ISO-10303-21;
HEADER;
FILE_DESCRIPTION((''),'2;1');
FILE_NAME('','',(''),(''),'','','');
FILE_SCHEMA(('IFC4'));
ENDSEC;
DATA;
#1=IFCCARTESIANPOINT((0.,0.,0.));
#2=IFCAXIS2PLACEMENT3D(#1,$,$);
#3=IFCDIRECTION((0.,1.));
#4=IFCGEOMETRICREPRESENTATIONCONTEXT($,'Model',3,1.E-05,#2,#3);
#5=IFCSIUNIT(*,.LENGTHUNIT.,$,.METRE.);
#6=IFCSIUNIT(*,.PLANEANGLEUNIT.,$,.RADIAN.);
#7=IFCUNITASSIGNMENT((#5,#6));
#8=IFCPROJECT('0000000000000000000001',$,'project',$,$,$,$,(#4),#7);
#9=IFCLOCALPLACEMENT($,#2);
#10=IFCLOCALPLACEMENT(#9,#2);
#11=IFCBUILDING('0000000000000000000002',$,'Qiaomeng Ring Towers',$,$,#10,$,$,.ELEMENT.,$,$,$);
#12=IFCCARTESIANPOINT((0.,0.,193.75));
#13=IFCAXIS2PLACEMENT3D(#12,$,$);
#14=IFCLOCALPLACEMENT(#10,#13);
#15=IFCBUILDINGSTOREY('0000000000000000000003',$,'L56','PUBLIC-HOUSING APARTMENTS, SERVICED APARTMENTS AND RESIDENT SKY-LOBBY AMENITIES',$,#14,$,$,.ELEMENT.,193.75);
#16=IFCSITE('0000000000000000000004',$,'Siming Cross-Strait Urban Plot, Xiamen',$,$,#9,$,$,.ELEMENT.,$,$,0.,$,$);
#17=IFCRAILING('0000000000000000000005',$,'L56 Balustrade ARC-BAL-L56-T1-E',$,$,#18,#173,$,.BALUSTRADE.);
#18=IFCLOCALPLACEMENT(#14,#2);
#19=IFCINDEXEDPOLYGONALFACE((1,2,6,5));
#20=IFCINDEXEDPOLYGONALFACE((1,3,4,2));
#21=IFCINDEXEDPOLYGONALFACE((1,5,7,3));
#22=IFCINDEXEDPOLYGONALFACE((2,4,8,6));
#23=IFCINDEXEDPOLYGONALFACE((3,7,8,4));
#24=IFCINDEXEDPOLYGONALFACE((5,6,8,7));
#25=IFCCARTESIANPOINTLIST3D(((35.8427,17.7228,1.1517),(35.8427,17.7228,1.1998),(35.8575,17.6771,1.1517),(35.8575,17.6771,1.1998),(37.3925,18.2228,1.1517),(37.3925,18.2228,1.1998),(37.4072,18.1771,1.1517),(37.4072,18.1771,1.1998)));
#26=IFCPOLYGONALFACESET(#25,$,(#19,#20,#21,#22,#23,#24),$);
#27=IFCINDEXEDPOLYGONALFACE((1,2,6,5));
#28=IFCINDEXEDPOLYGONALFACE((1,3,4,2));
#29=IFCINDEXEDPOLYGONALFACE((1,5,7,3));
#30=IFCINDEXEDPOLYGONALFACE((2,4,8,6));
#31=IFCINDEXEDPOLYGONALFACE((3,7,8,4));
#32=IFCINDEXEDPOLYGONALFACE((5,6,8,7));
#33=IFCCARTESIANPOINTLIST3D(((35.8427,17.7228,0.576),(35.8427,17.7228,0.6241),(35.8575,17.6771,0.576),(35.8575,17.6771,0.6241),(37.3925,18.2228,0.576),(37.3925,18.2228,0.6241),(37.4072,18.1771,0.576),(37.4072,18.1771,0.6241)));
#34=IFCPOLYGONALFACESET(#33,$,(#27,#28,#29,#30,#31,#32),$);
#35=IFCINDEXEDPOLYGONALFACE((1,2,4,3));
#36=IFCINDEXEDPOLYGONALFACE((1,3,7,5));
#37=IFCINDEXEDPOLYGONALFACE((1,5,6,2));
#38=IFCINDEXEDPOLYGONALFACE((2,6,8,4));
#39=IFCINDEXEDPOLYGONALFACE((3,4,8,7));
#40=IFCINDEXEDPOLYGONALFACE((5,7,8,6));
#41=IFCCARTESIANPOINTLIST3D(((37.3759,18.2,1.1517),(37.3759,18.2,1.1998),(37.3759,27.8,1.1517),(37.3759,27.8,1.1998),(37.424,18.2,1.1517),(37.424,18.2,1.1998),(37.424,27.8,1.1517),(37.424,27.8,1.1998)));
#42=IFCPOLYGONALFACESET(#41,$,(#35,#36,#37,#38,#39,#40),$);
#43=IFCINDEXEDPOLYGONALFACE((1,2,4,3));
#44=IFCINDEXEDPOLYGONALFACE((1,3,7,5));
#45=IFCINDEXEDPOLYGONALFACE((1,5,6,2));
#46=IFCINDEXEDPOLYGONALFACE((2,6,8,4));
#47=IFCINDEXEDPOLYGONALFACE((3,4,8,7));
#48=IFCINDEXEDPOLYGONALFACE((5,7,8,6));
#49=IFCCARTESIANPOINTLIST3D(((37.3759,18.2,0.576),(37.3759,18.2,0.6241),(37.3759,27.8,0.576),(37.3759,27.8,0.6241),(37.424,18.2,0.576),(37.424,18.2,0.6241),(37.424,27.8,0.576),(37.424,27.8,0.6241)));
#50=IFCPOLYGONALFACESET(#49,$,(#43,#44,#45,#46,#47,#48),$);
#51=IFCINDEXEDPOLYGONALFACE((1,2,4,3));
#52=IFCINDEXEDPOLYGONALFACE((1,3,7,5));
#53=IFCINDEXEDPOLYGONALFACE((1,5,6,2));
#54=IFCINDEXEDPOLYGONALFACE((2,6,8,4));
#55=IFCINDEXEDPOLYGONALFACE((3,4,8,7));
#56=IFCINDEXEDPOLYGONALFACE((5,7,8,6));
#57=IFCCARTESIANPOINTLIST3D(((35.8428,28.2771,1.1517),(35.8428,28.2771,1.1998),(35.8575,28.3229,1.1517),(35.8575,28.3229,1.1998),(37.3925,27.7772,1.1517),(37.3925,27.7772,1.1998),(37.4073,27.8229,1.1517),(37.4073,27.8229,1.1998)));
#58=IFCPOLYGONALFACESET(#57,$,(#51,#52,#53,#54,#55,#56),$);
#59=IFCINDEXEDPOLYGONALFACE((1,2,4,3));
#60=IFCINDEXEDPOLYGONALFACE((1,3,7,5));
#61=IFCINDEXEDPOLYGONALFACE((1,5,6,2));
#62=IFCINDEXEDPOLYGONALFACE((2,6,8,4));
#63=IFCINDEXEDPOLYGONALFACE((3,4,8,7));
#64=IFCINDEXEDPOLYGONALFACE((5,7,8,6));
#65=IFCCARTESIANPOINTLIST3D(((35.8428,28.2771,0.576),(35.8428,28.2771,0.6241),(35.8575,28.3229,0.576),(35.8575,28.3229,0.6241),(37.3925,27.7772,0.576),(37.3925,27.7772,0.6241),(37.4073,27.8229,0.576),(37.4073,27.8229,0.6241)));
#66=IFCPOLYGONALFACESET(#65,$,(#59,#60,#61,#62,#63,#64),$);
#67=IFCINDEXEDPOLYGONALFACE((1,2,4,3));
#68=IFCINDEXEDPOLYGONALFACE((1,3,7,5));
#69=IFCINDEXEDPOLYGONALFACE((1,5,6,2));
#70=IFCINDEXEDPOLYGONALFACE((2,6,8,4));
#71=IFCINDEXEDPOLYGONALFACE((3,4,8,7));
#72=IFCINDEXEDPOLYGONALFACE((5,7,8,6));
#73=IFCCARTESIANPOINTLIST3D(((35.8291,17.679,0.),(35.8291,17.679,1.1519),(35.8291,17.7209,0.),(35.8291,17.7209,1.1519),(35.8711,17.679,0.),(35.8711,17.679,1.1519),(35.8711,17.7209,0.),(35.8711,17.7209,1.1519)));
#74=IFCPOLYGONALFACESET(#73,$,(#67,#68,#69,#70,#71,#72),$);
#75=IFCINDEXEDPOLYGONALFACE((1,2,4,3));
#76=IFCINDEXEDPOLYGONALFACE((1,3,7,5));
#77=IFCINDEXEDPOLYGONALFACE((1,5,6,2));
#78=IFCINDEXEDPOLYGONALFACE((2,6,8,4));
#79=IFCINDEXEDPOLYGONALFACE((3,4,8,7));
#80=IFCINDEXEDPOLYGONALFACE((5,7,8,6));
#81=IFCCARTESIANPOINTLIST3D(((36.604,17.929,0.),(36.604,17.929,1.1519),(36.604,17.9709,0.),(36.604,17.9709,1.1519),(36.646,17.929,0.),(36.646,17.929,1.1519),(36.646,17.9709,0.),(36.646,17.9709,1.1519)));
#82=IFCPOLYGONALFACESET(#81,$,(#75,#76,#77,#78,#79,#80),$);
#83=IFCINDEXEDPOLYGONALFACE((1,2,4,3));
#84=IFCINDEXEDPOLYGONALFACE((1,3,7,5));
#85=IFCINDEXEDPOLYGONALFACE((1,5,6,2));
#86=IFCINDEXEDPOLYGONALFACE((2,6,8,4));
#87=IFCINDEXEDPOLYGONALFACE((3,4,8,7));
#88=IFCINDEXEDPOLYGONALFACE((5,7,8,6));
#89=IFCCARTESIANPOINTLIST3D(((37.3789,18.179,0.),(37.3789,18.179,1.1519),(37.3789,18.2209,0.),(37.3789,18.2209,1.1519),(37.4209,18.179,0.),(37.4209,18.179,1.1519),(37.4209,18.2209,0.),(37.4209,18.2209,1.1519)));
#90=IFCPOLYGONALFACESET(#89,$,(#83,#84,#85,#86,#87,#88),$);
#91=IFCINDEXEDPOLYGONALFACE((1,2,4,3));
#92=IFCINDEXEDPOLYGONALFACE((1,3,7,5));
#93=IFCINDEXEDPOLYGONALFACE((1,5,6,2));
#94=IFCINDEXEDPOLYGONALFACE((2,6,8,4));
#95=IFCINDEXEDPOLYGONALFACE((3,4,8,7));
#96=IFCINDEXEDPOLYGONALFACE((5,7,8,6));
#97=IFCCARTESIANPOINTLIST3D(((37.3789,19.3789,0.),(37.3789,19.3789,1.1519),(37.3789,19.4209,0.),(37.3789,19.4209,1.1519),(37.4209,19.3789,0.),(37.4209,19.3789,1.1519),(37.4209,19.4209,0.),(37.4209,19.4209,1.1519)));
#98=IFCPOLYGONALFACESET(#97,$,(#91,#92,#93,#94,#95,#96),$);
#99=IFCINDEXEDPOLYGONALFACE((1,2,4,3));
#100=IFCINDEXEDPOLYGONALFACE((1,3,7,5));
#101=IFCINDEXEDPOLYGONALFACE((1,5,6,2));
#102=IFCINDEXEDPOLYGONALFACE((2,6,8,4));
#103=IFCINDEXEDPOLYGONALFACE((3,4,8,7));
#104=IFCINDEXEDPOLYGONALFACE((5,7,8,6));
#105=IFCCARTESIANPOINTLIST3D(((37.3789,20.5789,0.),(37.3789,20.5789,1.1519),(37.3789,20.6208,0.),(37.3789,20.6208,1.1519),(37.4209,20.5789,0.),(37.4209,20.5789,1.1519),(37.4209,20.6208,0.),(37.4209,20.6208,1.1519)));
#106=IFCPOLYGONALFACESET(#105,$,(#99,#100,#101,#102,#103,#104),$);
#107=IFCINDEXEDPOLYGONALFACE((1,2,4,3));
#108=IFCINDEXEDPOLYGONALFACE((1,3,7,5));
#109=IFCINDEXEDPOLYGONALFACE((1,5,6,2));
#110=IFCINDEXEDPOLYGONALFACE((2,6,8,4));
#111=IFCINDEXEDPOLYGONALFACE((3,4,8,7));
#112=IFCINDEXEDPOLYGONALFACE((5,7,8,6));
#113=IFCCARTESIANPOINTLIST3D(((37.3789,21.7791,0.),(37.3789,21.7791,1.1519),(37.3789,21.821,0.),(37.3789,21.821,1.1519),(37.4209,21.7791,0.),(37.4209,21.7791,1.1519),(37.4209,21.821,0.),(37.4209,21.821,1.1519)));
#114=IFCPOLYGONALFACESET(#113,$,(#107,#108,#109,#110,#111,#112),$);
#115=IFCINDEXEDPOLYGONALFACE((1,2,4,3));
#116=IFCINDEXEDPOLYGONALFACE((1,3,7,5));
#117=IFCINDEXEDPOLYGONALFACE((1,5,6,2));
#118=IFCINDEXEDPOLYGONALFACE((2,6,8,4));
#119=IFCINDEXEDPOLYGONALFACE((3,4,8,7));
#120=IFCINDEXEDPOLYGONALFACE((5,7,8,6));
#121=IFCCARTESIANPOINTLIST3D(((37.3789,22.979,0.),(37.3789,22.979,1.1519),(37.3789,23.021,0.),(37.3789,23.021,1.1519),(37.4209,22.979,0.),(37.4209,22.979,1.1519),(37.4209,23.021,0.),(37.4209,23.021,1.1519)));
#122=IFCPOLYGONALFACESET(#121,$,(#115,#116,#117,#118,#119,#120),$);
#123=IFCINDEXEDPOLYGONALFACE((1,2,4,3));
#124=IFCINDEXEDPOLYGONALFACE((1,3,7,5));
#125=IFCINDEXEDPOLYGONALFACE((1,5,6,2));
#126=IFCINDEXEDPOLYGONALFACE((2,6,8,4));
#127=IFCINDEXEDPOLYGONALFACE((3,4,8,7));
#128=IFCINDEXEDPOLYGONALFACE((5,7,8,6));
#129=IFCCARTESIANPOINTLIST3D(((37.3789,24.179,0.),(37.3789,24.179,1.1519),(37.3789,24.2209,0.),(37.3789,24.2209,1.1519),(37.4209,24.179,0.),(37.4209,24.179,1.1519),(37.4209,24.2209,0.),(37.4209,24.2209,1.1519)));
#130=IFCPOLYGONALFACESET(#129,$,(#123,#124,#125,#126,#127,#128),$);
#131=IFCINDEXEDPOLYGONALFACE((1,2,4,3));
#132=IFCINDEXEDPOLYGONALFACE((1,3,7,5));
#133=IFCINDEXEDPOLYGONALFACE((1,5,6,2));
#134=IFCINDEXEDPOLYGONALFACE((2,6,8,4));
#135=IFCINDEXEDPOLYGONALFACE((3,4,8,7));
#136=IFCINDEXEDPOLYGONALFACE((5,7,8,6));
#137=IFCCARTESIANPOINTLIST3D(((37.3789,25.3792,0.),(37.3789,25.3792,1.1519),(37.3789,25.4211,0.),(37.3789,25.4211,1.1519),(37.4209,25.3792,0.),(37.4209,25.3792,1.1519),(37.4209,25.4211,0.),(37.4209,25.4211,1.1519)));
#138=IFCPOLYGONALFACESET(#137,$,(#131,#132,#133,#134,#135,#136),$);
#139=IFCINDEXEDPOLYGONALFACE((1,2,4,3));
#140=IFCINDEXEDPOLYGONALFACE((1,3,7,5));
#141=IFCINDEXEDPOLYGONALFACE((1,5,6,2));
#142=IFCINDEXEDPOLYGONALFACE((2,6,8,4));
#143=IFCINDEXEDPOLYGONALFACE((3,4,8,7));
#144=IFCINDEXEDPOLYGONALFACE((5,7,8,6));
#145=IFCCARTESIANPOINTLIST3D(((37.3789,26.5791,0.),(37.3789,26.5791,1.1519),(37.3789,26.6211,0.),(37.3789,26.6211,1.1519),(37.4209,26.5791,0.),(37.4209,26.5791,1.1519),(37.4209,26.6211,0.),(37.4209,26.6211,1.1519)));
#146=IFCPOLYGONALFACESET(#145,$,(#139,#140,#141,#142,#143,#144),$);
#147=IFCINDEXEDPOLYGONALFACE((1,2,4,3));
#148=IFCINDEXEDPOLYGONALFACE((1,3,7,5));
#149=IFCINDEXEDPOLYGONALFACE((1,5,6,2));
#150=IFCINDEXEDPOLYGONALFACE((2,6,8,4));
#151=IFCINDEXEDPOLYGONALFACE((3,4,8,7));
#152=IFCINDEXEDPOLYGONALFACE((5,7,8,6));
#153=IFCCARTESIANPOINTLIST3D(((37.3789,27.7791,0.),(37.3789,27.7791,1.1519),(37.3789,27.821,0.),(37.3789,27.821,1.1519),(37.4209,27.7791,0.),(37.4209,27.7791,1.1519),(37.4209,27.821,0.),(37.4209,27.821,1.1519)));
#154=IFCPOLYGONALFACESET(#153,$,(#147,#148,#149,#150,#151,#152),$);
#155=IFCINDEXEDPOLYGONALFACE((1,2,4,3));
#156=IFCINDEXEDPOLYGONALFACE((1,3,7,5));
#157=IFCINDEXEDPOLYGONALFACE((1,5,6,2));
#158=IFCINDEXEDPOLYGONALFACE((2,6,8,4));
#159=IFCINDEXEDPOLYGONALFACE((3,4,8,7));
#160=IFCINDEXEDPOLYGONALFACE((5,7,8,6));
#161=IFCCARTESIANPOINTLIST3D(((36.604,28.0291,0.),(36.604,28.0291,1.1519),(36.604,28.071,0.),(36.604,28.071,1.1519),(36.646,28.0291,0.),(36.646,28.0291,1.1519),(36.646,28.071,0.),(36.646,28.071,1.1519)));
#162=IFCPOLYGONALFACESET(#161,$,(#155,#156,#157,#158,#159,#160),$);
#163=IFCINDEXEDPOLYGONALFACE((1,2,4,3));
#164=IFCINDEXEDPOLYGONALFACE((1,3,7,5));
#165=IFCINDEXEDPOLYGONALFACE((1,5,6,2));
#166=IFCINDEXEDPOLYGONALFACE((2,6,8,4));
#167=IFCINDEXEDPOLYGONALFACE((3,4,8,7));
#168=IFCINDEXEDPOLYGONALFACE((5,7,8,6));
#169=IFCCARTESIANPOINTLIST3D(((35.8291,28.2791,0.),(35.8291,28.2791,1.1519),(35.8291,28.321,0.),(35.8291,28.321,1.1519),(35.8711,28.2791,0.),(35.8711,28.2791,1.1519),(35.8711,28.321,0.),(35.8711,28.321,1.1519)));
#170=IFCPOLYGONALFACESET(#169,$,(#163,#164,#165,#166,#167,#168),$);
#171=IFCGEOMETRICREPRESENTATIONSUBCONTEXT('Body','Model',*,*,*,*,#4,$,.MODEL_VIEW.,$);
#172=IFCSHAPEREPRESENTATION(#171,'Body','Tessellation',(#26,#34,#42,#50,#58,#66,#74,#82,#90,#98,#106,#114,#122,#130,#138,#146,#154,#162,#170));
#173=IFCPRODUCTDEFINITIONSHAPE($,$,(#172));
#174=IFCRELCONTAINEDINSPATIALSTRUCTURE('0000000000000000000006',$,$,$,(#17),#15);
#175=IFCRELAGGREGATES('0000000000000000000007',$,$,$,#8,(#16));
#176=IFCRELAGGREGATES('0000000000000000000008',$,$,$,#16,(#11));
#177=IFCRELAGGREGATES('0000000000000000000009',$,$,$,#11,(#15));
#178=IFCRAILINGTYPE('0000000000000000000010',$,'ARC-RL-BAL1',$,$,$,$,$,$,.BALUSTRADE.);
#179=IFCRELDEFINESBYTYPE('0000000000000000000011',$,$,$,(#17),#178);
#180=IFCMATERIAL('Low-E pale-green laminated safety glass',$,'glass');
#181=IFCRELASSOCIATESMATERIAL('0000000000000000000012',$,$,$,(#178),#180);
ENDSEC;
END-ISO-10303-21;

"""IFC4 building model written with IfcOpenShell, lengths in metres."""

from ifc_helpers import new_model, si_unit, direction, frame, origin, origin_2d, place, context, subcontext, project, spatial, rectangle, extrude, material, type_object, element, save


model = new_model("IFC4")

# Units and contexts
model_context = context("Model", 3, precision=1e-05, world=origin(), true_north=direction((0.0, 1.0)))
body_context = subcontext(model_context, "Body", "Model", "MODEL_VIEW")
ifc_project = project(units=[si_unit("LENGTHUNIT", "METRE"), si_unit("PLANEANGLEUNIT", "RADIAN")], contexts=[model_context])

# Site, building, storey
site_placement = place(None, origin())
site = spatial("IfcSite", under=ifc_project, at=site_placement, Name="Siming Cross-Strait Urban Plot, Xiamen", CompositionType="ELEMENT", RefElevation=0.0)
building_placement = place(site_placement, origin())
building = spatial("IfcBuilding", under=site, at=building_placement, Name="Qiaomeng Ring Towers", CompositionType="ELEMENT")
storey_placement = place(building_placement, frame((0.0, 0.0, 193.75)))
storey = spatial("IfcBuildingStorey", under=building, at=storey_placement, Name="L56", Description="PUBLIC-HOUSING APARTMENTS, SERVICED APARTMENTS AND RESIDENT SKY-LOBBY AMENITIES", CompositionType="ELEMENT", Elevation=193.75)

# Railing
ifc_material_1 = material(Name="Low-E pale-green laminated safety glass", Category="glass")
railing_type = type_object("IfcRailingType", Name="ARC-RL-BAL1", PredefinedType="BALUSTRADE", material=ifc_material_1)
railing_placement = place(storey_placement, frame((35.8501, 17.7, 0.0)))
element("IfcRailing", 1, at=railing_placement, inside=storey, type_object=railing_type, Name="L56 Balustrade ARC-BAL-L56-T1-E", PredefinedType="BALUSTRADE", context=body_context, shape_type="SweptSolid", body=[
    extrude(rectangle(XDim=0.0481, YDim=0.0481, at=origin_2d()), frame((0.0, 0.0, 1.1758), z_axis=(0.951697, 0.307038, 0.0), x_axis=(-0.307038, 0.951697, 0.0)), (0.0, 0.0, 1.0), 1.6284),
    extrude(rectangle(XDim=0.0481, YDim=0.0481, at=origin_2d()), frame((0.0, 0.0, 0.6001), z_axis=(0.951697, 0.307038, 0.0), x_axis=(-0.307038, 0.951697, 0.0)), (0.0, 0.0, 1.0), 1.6284),
    extrude(rectangle(XDim=0.0481, YDim=0.0481, at=origin_2d()), frame((1.5498, 0.5, 1.1758), z_axis=(0.0, 1.0, 0.0), x_axis=(-1.0, 0.0, 0.0)), (0.0, 0.0, 1.0), 9.6001),
    extrude(rectangle(XDim=0.0481, YDim=0.0481, at=origin_2d()), frame((1.5498, 0.5, 0.6001), z_axis=(0.0, 1.0, 0.0), x_axis=(-1.0, 0.0, 0.0)), (0.0, 0.0, 1.0), 9.6001),
    extrude(rectangle(XDim=0.0481, YDim=0.0481, at=origin_2d()), frame((1.5498, 10.1001, 1.1758), z_axis=(-0.951697, 0.307038, 0.0), x_axis=(-0.307038, -0.951697, 0.0)), (0.0, 0.0, 1.0), 1.6284),
    extrude(rectangle(XDim=0.0481, YDim=0.0481, at=origin_2d()), frame((1.5498, 10.1001, 0.6001), z_axis=(-0.951697, 0.307038, 0.0), x_axis=(-0.307038, -0.951697, 0.0)), (0.0, 0.0, 1.0), 1.6284),
    extrude(rectangle(XDim=0.042, YDim=0.042, at=origin_2d()), origin(), (0.0, 0.0, 1.0), 1.1519),
    extrude(rectangle(XDim=0.042, YDim=0.042, at=origin_2d()), frame((0.7749, 0.25, 0.0)), (0.0, 0.0, 1.0), 1.1519),
    extrude(rectangle(XDim=0.042, YDim=0.042, at=origin_2d()), frame((1.5498, 0.5, 0.0)), (0.0, 0.0, 1.0), 1.1519),
    extrude(rectangle(XDim=0.042, YDim=0.042, at=origin_2d()), frame((1.5498, 1.7, 0.0)), (0.0, 0.0, 1.0), 1.1519),
    extrude(rectangle(XDim=0.042, YDim=0.042, at=origin_2d()), frame((1.5498, 2.8999, 0.0)), (0.0, 0.0, 1.0), 1.1519),
    extrude(rectangle(XDim=0.042, YDim=0.042, at=origin_2d()), frame((1.5498, 4.1001, 0.0)), (0.0, 0.0, 1.0), 1.1519),
    extrude(rectangle(XDim=0.042, YDim=0.042, at=origin_2d()), frame((1.5498, 5.3, 0.0)), (0.0, 0.0, 1.0), 1.1519),
    extrude(rectangle(XDim=0.042, YDim=0.042, at=origin_2d()), frame((1.5498, 6.5, 0.0)), (0.0, 0.0, 1.0), 1.1519),
    extrude(rectangle(XDim=0.042, YDim=0.042, at=origin_2d()), frame((1.5498, 7.7002, 0.0)), (0.0, 0.0, 1.0), 1.1519),
    extrude(rectangle(XDim=0.042, YDim=0.042, at=origin_2d()), frame((1.5498, 8.9001, 0.0)), (0.0, 0.0, 1.0), 1.1519),
    extrude(rectangle(XDim=0.042, YDim=0.042, at=origin_2d()), frame((1.5498, 10.1001, 0.0)), (0.0, 0.0, 1.0), 1.1519),
    extrude(rectangle(XDim=0.042, YDim=0.042, at=origin_2d()), frame((0.7749, 10.3501, 0.0)), (0.0, 0.0, 1.0), 1.1519),
    extrude(rectangle(XDim=0.042, YDim=0.042, at=origin_2d()), frame((0.0, 10.6001, 0.0)), (0.0, 0.0, 1.0), 1.1519),
])

save(model, "model.ifc")
